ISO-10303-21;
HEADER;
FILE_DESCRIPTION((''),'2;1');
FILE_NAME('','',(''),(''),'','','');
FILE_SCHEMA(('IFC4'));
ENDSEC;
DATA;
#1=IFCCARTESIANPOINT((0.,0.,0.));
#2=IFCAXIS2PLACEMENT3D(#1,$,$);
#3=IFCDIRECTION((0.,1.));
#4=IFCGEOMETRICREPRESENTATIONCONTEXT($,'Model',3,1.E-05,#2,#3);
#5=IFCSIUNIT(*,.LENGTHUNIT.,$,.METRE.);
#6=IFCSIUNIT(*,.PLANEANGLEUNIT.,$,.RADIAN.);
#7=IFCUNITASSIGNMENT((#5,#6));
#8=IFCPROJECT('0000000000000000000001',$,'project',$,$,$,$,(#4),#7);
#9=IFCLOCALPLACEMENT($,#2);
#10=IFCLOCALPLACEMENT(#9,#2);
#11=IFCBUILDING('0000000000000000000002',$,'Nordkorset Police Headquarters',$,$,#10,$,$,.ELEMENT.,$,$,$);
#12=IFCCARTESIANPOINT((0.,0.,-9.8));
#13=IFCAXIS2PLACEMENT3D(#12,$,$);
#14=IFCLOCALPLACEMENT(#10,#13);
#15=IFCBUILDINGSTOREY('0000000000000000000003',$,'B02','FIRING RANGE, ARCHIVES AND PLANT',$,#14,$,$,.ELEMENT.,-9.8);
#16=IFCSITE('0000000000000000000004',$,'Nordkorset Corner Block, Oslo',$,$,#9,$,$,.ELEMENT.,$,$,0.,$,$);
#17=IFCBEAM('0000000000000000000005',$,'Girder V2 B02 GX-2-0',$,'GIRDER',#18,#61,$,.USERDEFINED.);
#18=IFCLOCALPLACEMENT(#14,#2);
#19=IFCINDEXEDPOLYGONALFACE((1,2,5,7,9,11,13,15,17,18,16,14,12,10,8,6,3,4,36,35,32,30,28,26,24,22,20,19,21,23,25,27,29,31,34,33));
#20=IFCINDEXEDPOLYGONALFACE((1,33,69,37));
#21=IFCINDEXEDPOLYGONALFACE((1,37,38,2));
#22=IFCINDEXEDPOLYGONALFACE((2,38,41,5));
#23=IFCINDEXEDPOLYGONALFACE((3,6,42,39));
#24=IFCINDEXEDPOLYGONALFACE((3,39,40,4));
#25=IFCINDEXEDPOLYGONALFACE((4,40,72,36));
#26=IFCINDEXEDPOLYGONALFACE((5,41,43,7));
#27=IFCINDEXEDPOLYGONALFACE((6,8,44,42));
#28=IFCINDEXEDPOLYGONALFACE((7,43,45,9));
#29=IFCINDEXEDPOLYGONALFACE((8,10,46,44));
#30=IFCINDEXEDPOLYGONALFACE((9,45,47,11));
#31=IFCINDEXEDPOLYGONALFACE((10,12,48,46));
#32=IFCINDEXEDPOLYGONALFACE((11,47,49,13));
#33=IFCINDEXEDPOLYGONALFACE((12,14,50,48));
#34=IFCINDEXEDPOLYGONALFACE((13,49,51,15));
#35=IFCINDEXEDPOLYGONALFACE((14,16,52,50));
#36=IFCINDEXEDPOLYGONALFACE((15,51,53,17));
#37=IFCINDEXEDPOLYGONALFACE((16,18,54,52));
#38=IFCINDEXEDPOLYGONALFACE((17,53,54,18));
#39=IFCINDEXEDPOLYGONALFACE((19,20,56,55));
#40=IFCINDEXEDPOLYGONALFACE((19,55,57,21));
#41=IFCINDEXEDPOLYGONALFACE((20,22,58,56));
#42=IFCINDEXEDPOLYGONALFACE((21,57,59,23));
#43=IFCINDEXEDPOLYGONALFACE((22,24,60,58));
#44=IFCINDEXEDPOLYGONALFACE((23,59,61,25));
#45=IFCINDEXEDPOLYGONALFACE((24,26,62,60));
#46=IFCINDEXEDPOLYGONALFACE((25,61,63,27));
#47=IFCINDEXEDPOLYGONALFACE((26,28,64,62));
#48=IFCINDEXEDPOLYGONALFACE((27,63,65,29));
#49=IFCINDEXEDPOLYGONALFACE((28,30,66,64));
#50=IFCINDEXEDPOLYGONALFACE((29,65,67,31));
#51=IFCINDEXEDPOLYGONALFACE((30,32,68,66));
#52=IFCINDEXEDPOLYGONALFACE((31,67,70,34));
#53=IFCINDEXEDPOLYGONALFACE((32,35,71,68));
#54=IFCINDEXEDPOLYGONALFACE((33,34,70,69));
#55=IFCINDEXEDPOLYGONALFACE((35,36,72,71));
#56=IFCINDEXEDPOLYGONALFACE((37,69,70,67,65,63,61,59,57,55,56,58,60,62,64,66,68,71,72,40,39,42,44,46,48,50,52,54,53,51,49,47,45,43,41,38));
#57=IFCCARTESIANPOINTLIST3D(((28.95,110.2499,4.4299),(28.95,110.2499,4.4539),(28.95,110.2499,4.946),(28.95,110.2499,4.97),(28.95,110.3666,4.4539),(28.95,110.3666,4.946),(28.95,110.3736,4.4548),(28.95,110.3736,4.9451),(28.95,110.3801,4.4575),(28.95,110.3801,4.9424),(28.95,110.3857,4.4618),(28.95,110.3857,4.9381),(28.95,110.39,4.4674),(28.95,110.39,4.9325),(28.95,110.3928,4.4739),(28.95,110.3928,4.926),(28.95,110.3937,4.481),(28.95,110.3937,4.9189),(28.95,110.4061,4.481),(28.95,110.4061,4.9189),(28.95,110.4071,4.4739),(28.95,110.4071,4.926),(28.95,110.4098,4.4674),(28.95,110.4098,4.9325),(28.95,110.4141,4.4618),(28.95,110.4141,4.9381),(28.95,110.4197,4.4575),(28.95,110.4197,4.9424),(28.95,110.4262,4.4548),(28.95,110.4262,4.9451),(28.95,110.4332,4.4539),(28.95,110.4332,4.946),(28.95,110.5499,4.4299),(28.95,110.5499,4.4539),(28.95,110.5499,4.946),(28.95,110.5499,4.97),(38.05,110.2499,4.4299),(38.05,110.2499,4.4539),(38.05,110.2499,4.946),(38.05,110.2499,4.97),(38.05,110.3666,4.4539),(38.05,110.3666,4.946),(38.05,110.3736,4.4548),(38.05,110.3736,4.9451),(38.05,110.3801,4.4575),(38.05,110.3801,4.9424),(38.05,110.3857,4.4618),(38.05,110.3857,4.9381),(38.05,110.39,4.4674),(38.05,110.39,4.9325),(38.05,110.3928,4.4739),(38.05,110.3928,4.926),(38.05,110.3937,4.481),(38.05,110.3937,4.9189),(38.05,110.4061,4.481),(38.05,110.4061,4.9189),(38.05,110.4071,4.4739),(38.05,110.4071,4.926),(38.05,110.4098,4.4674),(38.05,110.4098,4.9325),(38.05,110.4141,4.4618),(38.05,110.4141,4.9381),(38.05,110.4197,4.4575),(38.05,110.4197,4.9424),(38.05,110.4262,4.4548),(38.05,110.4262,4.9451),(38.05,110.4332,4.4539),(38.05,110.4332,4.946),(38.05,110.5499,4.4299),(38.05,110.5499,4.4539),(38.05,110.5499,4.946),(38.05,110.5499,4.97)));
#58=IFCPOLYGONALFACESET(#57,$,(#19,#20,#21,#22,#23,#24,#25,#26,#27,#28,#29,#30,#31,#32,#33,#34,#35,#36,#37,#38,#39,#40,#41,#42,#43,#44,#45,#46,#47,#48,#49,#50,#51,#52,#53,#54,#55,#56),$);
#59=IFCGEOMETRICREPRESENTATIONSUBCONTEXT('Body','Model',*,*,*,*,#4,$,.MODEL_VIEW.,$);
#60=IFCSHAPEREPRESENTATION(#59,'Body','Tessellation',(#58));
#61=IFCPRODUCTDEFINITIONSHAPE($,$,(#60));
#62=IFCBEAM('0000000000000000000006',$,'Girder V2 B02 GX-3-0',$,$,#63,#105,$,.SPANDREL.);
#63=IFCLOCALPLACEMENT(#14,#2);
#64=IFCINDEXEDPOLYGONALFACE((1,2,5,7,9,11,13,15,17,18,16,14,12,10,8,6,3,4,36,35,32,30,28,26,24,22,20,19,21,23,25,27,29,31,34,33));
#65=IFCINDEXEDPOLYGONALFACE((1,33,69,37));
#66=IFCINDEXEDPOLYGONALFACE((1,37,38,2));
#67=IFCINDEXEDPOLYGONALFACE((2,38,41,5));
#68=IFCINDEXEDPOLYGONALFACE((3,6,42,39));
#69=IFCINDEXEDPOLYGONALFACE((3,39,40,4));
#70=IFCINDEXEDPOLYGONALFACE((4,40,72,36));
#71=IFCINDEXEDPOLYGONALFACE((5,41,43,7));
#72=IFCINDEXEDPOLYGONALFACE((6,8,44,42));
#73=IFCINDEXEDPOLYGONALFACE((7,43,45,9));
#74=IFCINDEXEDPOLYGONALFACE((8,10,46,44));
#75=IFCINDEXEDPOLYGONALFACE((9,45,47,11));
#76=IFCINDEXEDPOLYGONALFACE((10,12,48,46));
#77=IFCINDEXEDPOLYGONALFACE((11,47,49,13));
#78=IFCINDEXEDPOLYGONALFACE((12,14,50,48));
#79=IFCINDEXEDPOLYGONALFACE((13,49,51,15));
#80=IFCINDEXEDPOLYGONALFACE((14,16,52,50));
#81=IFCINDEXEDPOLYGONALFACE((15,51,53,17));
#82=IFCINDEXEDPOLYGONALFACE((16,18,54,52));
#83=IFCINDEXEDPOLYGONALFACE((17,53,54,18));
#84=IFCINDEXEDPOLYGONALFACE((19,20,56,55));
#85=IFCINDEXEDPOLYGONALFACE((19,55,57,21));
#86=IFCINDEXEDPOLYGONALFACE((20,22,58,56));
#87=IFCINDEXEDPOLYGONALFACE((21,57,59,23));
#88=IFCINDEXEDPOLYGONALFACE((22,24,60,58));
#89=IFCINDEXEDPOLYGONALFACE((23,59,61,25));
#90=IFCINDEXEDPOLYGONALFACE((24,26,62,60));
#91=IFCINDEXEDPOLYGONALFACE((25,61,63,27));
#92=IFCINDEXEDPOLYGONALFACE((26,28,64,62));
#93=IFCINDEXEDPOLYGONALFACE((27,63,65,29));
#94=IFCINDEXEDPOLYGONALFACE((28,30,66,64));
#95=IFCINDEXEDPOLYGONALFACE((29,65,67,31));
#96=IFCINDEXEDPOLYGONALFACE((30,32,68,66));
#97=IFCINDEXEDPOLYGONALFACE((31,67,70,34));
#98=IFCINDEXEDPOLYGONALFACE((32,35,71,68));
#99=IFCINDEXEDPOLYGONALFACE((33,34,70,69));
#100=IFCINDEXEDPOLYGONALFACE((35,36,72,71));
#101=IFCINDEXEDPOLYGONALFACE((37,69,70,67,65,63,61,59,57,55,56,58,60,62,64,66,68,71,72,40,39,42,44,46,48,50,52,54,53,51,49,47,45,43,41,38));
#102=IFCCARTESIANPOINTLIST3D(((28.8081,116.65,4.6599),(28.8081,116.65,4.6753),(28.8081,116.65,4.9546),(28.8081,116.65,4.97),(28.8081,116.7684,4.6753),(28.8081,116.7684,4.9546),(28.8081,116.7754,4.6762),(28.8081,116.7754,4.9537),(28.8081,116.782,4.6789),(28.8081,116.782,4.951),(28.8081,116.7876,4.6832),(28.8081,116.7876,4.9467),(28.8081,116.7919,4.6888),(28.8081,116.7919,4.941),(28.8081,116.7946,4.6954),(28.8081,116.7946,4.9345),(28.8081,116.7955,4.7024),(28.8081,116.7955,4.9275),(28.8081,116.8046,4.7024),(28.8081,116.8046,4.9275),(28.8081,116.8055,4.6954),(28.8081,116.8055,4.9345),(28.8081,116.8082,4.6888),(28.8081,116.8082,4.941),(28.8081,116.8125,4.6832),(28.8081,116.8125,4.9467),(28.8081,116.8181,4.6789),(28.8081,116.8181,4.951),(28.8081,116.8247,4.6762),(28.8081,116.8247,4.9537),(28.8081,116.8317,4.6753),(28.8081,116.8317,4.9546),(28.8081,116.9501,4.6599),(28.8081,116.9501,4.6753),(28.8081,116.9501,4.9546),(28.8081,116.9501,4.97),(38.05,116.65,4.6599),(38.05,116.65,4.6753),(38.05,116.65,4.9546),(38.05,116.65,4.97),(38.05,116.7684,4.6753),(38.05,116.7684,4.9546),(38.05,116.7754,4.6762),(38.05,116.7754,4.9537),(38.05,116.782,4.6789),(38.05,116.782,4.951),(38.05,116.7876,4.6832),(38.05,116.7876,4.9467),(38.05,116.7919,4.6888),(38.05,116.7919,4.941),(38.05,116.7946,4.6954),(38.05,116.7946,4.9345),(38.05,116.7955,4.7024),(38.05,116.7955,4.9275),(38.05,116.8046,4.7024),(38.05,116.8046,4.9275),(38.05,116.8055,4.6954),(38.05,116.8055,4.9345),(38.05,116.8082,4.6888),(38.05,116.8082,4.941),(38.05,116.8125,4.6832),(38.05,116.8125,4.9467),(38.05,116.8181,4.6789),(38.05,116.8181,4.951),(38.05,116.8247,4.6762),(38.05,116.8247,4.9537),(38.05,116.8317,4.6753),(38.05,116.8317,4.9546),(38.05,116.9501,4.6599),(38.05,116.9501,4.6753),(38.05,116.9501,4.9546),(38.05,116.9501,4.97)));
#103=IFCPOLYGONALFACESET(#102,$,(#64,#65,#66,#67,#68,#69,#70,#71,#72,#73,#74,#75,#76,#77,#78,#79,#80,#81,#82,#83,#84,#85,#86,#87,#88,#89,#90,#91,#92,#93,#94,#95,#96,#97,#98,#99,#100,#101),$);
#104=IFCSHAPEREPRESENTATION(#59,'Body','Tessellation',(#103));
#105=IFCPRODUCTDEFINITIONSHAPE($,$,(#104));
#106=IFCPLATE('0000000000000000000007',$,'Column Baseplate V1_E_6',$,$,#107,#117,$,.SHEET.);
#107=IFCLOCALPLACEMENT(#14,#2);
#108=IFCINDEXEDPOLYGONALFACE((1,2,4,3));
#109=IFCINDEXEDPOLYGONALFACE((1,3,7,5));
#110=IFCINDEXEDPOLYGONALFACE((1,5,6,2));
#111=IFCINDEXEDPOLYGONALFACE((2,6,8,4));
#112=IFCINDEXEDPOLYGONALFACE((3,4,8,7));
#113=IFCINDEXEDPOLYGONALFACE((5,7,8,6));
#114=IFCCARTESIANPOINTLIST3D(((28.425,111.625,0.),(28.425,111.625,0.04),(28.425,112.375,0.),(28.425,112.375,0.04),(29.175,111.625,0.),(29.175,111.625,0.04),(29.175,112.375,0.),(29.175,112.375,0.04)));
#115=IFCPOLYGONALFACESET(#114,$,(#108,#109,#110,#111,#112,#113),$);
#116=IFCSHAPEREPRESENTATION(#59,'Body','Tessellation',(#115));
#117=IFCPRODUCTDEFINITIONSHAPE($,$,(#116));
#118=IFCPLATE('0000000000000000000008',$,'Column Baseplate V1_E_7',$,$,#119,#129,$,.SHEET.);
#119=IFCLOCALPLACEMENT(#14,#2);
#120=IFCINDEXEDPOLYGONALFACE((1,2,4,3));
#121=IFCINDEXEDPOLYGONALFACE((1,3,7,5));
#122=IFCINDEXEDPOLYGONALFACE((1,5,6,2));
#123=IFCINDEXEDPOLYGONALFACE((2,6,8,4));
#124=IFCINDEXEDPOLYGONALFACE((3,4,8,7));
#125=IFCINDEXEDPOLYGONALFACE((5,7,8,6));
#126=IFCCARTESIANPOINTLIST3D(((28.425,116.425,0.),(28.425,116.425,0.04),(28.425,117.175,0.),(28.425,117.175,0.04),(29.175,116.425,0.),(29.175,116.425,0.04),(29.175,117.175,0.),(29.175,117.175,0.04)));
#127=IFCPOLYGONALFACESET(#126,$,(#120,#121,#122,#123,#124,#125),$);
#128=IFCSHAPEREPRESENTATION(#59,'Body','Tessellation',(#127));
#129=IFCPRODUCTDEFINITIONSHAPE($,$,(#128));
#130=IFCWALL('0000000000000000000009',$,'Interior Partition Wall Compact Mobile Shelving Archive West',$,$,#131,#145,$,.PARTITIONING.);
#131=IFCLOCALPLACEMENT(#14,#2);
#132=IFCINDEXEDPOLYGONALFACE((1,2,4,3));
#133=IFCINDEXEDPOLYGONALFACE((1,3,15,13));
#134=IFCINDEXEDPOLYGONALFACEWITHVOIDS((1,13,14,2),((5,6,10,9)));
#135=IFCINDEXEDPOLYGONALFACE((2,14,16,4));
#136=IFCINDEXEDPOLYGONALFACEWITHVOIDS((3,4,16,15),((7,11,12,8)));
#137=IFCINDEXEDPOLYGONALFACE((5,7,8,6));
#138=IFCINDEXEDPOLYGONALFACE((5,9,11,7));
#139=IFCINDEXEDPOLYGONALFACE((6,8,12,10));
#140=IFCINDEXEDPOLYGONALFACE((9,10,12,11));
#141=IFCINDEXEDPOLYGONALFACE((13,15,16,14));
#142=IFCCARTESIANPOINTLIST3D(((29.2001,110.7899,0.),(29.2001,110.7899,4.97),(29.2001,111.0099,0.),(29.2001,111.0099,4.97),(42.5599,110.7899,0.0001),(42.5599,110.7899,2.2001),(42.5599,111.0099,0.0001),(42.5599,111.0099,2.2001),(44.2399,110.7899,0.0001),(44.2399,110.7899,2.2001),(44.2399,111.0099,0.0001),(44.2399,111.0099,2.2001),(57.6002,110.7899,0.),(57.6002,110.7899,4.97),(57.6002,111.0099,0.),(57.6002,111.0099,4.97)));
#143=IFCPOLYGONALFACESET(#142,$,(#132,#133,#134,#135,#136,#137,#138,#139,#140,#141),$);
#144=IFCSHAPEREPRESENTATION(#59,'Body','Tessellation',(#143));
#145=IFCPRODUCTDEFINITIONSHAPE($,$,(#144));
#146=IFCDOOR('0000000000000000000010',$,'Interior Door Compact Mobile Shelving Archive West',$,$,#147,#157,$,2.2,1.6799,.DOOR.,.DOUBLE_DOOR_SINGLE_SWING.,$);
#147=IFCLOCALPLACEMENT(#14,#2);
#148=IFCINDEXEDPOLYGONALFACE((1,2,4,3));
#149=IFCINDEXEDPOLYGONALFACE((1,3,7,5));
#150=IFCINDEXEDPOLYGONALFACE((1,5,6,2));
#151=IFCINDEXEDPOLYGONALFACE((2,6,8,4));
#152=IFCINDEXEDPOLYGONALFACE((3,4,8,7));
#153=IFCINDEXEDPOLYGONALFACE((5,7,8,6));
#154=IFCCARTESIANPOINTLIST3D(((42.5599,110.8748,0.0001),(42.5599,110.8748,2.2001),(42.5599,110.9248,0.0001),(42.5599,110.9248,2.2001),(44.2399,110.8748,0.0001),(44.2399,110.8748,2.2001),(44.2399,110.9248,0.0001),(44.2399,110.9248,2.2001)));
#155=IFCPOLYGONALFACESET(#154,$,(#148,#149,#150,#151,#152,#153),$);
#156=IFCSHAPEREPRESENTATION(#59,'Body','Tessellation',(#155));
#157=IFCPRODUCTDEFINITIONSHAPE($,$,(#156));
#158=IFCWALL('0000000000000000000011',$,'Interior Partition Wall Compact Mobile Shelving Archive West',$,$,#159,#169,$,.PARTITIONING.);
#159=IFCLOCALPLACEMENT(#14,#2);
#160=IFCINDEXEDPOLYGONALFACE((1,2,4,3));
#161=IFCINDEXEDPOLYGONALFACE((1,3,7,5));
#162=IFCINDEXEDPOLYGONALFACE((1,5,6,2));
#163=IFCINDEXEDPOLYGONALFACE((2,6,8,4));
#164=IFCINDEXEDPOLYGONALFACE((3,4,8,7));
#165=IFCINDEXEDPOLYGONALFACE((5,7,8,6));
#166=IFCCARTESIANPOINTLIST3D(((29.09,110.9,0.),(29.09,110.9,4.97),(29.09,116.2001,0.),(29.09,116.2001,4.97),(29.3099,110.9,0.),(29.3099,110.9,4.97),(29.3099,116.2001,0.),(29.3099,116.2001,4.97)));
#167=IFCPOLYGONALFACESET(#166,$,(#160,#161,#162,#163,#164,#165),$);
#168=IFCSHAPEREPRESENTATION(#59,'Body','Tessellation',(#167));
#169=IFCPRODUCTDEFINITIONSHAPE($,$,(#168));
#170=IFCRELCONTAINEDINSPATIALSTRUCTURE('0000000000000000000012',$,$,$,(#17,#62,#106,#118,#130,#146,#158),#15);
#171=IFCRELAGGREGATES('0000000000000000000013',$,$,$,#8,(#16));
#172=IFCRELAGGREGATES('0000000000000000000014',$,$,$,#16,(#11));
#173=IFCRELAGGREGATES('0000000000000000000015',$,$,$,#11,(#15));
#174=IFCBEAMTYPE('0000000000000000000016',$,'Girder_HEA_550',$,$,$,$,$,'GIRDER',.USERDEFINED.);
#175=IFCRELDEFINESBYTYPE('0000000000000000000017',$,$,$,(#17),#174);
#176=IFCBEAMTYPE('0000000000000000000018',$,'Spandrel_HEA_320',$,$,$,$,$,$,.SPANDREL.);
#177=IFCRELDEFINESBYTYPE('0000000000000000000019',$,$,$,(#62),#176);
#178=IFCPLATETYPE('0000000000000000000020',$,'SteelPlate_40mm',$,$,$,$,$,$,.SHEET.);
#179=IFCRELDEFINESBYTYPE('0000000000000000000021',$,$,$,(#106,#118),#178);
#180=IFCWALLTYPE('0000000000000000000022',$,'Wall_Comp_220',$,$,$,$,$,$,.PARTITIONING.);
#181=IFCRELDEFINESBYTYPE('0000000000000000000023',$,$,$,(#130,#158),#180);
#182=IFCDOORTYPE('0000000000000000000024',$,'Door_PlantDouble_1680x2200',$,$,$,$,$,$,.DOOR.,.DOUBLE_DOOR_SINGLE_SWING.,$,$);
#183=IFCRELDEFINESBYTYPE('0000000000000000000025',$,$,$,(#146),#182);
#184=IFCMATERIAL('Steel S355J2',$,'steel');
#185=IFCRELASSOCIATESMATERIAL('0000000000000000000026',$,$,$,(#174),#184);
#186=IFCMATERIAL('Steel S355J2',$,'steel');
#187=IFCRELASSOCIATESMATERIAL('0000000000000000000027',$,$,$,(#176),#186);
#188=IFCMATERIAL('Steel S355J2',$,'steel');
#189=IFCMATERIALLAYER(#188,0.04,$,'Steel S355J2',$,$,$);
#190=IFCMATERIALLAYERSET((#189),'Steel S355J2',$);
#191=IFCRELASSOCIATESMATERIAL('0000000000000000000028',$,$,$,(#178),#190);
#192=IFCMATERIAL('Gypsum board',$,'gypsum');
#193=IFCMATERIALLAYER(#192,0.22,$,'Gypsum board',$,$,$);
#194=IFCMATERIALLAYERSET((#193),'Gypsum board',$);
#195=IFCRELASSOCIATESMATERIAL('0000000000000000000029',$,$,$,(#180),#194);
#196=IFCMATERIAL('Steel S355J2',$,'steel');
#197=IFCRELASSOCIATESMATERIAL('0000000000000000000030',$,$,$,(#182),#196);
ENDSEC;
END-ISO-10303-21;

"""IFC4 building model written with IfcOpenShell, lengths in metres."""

from ifc_helpers import new_model, si_unit, direction, frame, frame_2d, origin, origin_2d, place, context, subcontext, project, spatial, rectangle, i_section, extrude, material, layer, layer_set, material_profile, profile_set, type_object, element, fill, save


model = new_model("IFC4")

# Units and contexts
model_context = context("Model", 3, precision=1e-05, world=origin(), true_north=direction((0.0, 1.0)))
body_context = subcontext(model_context, "Body", "Model", "MODEL_VIEW")
ifc_project = project(units=[si_unit("LENGTHUNIT", "METRE"), si_unit("PLANEANGLEUNIT", "RADIAN")], contexts=[model_context])

# Site, building, storey
site_placement = place(None, origin())
site = spatial("IfcSite", under=ifc_project, at=site_placement, Name="Nordkorset Corner Block, Oslo", CompositionType="ELEMENT", RefElevation=0.0)
building_placement = place(site_placement, origin())
building = spatial("IfcBuilding", under=site, at=building_placement, Name="Nordkorset Police Headquarters", CompositionType="ELEMENT")
storey_placement = place(building_placement, frame((0.0, 0.0, -9.8)))
storey = spatial("IfcBuildingStorey", under=building, at=storey_placement, Name="B02", Description="FIRING RANGE, ARCHIVES AND PLANT", CompositionType="ELEMENT", Elevation=-9.8)

# Beams
ifc_material_1 = material(Name="Steel S355J2", Category="steel")
ifc_material_profile_1 = material_profile(ifc_material_1, i_section(OverallWidth=0.3, OverallDepth=0.54, WebThickness=0.0125, FlangeThickness=0.0239, FilletRadius=0.0271, at=origin_2d()), Name="HEA 550")
ifc_profile_set_1 = profile_set([ifc_material_profile_1], Name="Steel S355J2")
beam_type_1 = type_object("IfcBeamType", Name="Girder_HEA_550", ElementType="GIRDER", PredefinedType="USERDEFINED", material=ifc_profile_set_1)
beam_1_placement = place(storey_placement, frame((28.95, 110.3999, 4.7), z_axis=(1.0, 0.0, 0.0), x_axis=(0.0, 1.0, 0.0)))
element("IfcBeam", 1, at=beam_1_placement, inside=storey, type_object=beam_type_1, Name="Girder V2 B02 GX-2-0", ObjectType="GIRDER", PredefinedType="USERDEFINED", context=body_context, shape_type="SweptSolid", body=[
    extrude(i_section(OverallWidth=0.3, OverallDepth=0.54, WebThickness=0.0125, FlangeThickness=0.0239, FilletRadius=0.0271, at=origin_2d()), origin(), (0.0, 0.0, 1.0), 9.1001),
])
ifc_material_2 = material(Name="Steel S355J2", Category="steel")
ifc_material_profile_2 = material_profile(ifc_material_2, i_section(OverallWidth=0.3, OverallDepth=0.3101, WebThickness=0.009, FlangeThickness=0.0154, FilletRadius=0.0271, at=origin_2d()), Name="HEA 320")
ifc_profile_set_2 = profile_set([ifc_material_profile_2], Name="Steel S355J2")
beam_type_2 = type_object("IfcBeamType", Name="Spandrel_HEA_320", PredefinedType="SPANDREL", material=ifc_profile_set_2)
beam_2_placement = place(storey_placement, frame((28.8081, 116.8, 4.8149), z_axis=(1.0, 0.0, 0.0), x_axis=(0.0, 1.0, 0.0)))
element("IfcBeam", 2, at=beam_2_placement, inside=storey, type_object=beam_type_2, Name="Girder V2 B02 GX-3-0", PredefinedType="SPANDREL", context=body_context, shape_type="SweptSolid", body=[
    extrude(i_section(OverallWidth=0.3, OverallDepth=0.3101, WebThickness=0.009, FlangeThickness=0.0154, FilletRadius=0.0271, at=origin_2d()), origin(), (0.0, 0.0, 1.0), 9.2419),
])

# Plates
ifc_material_3 = material(Name="Steel S355J2", Category="steel")
ifc_layer_1 = layer(ifc_material_3, 0.04, Name="Steel S355J2")
ifc_layer_set_1 = layer_set([ifc_layer_1], Name="Steel S355J2")
plate_type = type_object("IfcPlateType", Name="SteelPlate_40mm", PredefinedType="SHEET", material=ifc_layer_set_1)
for number, where, z_axis, x_axis, name in (
    (3, (28.8, 112.0, 0.0), (0.0, 0.0, 1.0), (1.0, 0.0, 0.0), "Column Baseplate V1_E_6"),
    (4, (28.8, 116.8, 0.0), (0.0, 0.0, 1.0), (1.0, 0.0, 0.0), "Column Baseplate V1_E_7"),
):
    element("IfcPlate", number, at=place(storey_placement, frame(where, z_axis=z_axis, x_axis=x_axis)), inside=storey, type_object=plate_type, Name=name, PredefinedType="SHEET", context=body_context, shape_type="SweptSolid", body=[
        extrude(rectangle(XDim=0.75, YDim=0.75, at=origin_2d()), origin(), (0.0, 0.0, 1.0), 0.04),
    ])

# Wall, opening, door
ifc_material_4 = material(Name="Gypsum board", Category="gypsum")
ifc_layer_2 = layer(ifc_material_4, 0.22, Name="Gypsum board")
ifc_layer_set_2 = layer_set([ifc_layer_2], Name="Gypsum board")
wall_type = type_object("IfcWallType", Name="Wall_Comp_220", PredefinedType="PARTITIONING", material=ifc_layer_set_2)
wall_1_placement = place(storey_placement, frame((29.2, 110.8999, 0.0), z_axis=(0.0, 0.0, 1.0), x_axis=(1.0, 0.0, 0.0)))
wall_1 = element("IfcWall", 5, at=wall_1_placement, inside=storey, type_object=wall_type, Name="Interior Partition Wall Compact Mobile Shelving Archive West", PredefinedType="PARTITIONING", context=body_context, shape_type="SweptSolid", body=[
    extrude(rectangle(XDim=28.4001, YDim=0.22, at=frame_2d((14.2002, 0.0))), origin(), (0.0, 0.0, 1.0), 4.97),
])
opening_placement = place(wall_1_placement, frame((13.3601, 0.0, 0.0)))
opening = element("IfcOpeningElement", 6, at=opening_placement, cuts=wall_1, PredefinedType="OPENING", context=body_context, shape_type="SweptSolid", body=[
    extrude(rectangle(XDim=1.6799, YDim=2.2, at=frame_2d((0.8398, 1.1001))), frame((0.0, 0.1201, 0.0), z_axis=(0.0, -1.0, 0.0), x_axis=(1.0, 0.0, 0.0)), (0.0, 0.0, 1.0), 0.24),
])
ifc_material_5 = material(Name="Steel S355J2", Category="steel")
door_type = type_object("IfcDoorType", Name="Door_PlantDouble_1680x2200", OperationType="DOUBLE_DOOR_SINGLE_SWING", PredefinedType="DOOR", material=ifc_material_5)
door_placement = place(opening_placement, origin())
door = element("IfcDoor", 7, at=door_placement, inside=storey, type_object=door_type, Name="Interior Door Compact Mobile Shelving Archive West", OperationType="DOUBLE_DOOR_SINGLE_SWING", OverallHeight=2.2, OverallWidth=1.6799, PredefinedType="DOOR", context=body_context, shape_type="SweptSolid", body=[
    extrude(rectangle(XDim=1.6799, YDim=2.2, at=frame_2d((0.8398, 1.1001))), frame((0.0, 0.0249, 0.0), z_axis=(0.0, -1.0, 0.0), x_axis=(1.0, 0.0, 0.0)), (0.0, 0.0, 1.0), 0.05),
])
fill(opening, door)

# Wall
wall_2_placement = place(storey_placement, frame((29.2, 116.2, 0.0), z_axis=(0.0, 0.0, 1.0), x_axis=(0.0, -1.0, 0.0)))
element("IfcWall", 8, at=wall_2_placement, inside=storey, type_object=wall_type, Name="Interior Partition Wall Compact Mobile Shelving Archive West", PredefinedType="PARTITIONING", context=body_context, shape_type="SweptSolid", body=[
    extrude(rectangle(XDim=5.3, YDim=0.22, at=frame_2d((2.6499, 0.0))), origin(), (0.0, 0.0, 1.0), 4.97),
])

save(model, "model.ifc")
